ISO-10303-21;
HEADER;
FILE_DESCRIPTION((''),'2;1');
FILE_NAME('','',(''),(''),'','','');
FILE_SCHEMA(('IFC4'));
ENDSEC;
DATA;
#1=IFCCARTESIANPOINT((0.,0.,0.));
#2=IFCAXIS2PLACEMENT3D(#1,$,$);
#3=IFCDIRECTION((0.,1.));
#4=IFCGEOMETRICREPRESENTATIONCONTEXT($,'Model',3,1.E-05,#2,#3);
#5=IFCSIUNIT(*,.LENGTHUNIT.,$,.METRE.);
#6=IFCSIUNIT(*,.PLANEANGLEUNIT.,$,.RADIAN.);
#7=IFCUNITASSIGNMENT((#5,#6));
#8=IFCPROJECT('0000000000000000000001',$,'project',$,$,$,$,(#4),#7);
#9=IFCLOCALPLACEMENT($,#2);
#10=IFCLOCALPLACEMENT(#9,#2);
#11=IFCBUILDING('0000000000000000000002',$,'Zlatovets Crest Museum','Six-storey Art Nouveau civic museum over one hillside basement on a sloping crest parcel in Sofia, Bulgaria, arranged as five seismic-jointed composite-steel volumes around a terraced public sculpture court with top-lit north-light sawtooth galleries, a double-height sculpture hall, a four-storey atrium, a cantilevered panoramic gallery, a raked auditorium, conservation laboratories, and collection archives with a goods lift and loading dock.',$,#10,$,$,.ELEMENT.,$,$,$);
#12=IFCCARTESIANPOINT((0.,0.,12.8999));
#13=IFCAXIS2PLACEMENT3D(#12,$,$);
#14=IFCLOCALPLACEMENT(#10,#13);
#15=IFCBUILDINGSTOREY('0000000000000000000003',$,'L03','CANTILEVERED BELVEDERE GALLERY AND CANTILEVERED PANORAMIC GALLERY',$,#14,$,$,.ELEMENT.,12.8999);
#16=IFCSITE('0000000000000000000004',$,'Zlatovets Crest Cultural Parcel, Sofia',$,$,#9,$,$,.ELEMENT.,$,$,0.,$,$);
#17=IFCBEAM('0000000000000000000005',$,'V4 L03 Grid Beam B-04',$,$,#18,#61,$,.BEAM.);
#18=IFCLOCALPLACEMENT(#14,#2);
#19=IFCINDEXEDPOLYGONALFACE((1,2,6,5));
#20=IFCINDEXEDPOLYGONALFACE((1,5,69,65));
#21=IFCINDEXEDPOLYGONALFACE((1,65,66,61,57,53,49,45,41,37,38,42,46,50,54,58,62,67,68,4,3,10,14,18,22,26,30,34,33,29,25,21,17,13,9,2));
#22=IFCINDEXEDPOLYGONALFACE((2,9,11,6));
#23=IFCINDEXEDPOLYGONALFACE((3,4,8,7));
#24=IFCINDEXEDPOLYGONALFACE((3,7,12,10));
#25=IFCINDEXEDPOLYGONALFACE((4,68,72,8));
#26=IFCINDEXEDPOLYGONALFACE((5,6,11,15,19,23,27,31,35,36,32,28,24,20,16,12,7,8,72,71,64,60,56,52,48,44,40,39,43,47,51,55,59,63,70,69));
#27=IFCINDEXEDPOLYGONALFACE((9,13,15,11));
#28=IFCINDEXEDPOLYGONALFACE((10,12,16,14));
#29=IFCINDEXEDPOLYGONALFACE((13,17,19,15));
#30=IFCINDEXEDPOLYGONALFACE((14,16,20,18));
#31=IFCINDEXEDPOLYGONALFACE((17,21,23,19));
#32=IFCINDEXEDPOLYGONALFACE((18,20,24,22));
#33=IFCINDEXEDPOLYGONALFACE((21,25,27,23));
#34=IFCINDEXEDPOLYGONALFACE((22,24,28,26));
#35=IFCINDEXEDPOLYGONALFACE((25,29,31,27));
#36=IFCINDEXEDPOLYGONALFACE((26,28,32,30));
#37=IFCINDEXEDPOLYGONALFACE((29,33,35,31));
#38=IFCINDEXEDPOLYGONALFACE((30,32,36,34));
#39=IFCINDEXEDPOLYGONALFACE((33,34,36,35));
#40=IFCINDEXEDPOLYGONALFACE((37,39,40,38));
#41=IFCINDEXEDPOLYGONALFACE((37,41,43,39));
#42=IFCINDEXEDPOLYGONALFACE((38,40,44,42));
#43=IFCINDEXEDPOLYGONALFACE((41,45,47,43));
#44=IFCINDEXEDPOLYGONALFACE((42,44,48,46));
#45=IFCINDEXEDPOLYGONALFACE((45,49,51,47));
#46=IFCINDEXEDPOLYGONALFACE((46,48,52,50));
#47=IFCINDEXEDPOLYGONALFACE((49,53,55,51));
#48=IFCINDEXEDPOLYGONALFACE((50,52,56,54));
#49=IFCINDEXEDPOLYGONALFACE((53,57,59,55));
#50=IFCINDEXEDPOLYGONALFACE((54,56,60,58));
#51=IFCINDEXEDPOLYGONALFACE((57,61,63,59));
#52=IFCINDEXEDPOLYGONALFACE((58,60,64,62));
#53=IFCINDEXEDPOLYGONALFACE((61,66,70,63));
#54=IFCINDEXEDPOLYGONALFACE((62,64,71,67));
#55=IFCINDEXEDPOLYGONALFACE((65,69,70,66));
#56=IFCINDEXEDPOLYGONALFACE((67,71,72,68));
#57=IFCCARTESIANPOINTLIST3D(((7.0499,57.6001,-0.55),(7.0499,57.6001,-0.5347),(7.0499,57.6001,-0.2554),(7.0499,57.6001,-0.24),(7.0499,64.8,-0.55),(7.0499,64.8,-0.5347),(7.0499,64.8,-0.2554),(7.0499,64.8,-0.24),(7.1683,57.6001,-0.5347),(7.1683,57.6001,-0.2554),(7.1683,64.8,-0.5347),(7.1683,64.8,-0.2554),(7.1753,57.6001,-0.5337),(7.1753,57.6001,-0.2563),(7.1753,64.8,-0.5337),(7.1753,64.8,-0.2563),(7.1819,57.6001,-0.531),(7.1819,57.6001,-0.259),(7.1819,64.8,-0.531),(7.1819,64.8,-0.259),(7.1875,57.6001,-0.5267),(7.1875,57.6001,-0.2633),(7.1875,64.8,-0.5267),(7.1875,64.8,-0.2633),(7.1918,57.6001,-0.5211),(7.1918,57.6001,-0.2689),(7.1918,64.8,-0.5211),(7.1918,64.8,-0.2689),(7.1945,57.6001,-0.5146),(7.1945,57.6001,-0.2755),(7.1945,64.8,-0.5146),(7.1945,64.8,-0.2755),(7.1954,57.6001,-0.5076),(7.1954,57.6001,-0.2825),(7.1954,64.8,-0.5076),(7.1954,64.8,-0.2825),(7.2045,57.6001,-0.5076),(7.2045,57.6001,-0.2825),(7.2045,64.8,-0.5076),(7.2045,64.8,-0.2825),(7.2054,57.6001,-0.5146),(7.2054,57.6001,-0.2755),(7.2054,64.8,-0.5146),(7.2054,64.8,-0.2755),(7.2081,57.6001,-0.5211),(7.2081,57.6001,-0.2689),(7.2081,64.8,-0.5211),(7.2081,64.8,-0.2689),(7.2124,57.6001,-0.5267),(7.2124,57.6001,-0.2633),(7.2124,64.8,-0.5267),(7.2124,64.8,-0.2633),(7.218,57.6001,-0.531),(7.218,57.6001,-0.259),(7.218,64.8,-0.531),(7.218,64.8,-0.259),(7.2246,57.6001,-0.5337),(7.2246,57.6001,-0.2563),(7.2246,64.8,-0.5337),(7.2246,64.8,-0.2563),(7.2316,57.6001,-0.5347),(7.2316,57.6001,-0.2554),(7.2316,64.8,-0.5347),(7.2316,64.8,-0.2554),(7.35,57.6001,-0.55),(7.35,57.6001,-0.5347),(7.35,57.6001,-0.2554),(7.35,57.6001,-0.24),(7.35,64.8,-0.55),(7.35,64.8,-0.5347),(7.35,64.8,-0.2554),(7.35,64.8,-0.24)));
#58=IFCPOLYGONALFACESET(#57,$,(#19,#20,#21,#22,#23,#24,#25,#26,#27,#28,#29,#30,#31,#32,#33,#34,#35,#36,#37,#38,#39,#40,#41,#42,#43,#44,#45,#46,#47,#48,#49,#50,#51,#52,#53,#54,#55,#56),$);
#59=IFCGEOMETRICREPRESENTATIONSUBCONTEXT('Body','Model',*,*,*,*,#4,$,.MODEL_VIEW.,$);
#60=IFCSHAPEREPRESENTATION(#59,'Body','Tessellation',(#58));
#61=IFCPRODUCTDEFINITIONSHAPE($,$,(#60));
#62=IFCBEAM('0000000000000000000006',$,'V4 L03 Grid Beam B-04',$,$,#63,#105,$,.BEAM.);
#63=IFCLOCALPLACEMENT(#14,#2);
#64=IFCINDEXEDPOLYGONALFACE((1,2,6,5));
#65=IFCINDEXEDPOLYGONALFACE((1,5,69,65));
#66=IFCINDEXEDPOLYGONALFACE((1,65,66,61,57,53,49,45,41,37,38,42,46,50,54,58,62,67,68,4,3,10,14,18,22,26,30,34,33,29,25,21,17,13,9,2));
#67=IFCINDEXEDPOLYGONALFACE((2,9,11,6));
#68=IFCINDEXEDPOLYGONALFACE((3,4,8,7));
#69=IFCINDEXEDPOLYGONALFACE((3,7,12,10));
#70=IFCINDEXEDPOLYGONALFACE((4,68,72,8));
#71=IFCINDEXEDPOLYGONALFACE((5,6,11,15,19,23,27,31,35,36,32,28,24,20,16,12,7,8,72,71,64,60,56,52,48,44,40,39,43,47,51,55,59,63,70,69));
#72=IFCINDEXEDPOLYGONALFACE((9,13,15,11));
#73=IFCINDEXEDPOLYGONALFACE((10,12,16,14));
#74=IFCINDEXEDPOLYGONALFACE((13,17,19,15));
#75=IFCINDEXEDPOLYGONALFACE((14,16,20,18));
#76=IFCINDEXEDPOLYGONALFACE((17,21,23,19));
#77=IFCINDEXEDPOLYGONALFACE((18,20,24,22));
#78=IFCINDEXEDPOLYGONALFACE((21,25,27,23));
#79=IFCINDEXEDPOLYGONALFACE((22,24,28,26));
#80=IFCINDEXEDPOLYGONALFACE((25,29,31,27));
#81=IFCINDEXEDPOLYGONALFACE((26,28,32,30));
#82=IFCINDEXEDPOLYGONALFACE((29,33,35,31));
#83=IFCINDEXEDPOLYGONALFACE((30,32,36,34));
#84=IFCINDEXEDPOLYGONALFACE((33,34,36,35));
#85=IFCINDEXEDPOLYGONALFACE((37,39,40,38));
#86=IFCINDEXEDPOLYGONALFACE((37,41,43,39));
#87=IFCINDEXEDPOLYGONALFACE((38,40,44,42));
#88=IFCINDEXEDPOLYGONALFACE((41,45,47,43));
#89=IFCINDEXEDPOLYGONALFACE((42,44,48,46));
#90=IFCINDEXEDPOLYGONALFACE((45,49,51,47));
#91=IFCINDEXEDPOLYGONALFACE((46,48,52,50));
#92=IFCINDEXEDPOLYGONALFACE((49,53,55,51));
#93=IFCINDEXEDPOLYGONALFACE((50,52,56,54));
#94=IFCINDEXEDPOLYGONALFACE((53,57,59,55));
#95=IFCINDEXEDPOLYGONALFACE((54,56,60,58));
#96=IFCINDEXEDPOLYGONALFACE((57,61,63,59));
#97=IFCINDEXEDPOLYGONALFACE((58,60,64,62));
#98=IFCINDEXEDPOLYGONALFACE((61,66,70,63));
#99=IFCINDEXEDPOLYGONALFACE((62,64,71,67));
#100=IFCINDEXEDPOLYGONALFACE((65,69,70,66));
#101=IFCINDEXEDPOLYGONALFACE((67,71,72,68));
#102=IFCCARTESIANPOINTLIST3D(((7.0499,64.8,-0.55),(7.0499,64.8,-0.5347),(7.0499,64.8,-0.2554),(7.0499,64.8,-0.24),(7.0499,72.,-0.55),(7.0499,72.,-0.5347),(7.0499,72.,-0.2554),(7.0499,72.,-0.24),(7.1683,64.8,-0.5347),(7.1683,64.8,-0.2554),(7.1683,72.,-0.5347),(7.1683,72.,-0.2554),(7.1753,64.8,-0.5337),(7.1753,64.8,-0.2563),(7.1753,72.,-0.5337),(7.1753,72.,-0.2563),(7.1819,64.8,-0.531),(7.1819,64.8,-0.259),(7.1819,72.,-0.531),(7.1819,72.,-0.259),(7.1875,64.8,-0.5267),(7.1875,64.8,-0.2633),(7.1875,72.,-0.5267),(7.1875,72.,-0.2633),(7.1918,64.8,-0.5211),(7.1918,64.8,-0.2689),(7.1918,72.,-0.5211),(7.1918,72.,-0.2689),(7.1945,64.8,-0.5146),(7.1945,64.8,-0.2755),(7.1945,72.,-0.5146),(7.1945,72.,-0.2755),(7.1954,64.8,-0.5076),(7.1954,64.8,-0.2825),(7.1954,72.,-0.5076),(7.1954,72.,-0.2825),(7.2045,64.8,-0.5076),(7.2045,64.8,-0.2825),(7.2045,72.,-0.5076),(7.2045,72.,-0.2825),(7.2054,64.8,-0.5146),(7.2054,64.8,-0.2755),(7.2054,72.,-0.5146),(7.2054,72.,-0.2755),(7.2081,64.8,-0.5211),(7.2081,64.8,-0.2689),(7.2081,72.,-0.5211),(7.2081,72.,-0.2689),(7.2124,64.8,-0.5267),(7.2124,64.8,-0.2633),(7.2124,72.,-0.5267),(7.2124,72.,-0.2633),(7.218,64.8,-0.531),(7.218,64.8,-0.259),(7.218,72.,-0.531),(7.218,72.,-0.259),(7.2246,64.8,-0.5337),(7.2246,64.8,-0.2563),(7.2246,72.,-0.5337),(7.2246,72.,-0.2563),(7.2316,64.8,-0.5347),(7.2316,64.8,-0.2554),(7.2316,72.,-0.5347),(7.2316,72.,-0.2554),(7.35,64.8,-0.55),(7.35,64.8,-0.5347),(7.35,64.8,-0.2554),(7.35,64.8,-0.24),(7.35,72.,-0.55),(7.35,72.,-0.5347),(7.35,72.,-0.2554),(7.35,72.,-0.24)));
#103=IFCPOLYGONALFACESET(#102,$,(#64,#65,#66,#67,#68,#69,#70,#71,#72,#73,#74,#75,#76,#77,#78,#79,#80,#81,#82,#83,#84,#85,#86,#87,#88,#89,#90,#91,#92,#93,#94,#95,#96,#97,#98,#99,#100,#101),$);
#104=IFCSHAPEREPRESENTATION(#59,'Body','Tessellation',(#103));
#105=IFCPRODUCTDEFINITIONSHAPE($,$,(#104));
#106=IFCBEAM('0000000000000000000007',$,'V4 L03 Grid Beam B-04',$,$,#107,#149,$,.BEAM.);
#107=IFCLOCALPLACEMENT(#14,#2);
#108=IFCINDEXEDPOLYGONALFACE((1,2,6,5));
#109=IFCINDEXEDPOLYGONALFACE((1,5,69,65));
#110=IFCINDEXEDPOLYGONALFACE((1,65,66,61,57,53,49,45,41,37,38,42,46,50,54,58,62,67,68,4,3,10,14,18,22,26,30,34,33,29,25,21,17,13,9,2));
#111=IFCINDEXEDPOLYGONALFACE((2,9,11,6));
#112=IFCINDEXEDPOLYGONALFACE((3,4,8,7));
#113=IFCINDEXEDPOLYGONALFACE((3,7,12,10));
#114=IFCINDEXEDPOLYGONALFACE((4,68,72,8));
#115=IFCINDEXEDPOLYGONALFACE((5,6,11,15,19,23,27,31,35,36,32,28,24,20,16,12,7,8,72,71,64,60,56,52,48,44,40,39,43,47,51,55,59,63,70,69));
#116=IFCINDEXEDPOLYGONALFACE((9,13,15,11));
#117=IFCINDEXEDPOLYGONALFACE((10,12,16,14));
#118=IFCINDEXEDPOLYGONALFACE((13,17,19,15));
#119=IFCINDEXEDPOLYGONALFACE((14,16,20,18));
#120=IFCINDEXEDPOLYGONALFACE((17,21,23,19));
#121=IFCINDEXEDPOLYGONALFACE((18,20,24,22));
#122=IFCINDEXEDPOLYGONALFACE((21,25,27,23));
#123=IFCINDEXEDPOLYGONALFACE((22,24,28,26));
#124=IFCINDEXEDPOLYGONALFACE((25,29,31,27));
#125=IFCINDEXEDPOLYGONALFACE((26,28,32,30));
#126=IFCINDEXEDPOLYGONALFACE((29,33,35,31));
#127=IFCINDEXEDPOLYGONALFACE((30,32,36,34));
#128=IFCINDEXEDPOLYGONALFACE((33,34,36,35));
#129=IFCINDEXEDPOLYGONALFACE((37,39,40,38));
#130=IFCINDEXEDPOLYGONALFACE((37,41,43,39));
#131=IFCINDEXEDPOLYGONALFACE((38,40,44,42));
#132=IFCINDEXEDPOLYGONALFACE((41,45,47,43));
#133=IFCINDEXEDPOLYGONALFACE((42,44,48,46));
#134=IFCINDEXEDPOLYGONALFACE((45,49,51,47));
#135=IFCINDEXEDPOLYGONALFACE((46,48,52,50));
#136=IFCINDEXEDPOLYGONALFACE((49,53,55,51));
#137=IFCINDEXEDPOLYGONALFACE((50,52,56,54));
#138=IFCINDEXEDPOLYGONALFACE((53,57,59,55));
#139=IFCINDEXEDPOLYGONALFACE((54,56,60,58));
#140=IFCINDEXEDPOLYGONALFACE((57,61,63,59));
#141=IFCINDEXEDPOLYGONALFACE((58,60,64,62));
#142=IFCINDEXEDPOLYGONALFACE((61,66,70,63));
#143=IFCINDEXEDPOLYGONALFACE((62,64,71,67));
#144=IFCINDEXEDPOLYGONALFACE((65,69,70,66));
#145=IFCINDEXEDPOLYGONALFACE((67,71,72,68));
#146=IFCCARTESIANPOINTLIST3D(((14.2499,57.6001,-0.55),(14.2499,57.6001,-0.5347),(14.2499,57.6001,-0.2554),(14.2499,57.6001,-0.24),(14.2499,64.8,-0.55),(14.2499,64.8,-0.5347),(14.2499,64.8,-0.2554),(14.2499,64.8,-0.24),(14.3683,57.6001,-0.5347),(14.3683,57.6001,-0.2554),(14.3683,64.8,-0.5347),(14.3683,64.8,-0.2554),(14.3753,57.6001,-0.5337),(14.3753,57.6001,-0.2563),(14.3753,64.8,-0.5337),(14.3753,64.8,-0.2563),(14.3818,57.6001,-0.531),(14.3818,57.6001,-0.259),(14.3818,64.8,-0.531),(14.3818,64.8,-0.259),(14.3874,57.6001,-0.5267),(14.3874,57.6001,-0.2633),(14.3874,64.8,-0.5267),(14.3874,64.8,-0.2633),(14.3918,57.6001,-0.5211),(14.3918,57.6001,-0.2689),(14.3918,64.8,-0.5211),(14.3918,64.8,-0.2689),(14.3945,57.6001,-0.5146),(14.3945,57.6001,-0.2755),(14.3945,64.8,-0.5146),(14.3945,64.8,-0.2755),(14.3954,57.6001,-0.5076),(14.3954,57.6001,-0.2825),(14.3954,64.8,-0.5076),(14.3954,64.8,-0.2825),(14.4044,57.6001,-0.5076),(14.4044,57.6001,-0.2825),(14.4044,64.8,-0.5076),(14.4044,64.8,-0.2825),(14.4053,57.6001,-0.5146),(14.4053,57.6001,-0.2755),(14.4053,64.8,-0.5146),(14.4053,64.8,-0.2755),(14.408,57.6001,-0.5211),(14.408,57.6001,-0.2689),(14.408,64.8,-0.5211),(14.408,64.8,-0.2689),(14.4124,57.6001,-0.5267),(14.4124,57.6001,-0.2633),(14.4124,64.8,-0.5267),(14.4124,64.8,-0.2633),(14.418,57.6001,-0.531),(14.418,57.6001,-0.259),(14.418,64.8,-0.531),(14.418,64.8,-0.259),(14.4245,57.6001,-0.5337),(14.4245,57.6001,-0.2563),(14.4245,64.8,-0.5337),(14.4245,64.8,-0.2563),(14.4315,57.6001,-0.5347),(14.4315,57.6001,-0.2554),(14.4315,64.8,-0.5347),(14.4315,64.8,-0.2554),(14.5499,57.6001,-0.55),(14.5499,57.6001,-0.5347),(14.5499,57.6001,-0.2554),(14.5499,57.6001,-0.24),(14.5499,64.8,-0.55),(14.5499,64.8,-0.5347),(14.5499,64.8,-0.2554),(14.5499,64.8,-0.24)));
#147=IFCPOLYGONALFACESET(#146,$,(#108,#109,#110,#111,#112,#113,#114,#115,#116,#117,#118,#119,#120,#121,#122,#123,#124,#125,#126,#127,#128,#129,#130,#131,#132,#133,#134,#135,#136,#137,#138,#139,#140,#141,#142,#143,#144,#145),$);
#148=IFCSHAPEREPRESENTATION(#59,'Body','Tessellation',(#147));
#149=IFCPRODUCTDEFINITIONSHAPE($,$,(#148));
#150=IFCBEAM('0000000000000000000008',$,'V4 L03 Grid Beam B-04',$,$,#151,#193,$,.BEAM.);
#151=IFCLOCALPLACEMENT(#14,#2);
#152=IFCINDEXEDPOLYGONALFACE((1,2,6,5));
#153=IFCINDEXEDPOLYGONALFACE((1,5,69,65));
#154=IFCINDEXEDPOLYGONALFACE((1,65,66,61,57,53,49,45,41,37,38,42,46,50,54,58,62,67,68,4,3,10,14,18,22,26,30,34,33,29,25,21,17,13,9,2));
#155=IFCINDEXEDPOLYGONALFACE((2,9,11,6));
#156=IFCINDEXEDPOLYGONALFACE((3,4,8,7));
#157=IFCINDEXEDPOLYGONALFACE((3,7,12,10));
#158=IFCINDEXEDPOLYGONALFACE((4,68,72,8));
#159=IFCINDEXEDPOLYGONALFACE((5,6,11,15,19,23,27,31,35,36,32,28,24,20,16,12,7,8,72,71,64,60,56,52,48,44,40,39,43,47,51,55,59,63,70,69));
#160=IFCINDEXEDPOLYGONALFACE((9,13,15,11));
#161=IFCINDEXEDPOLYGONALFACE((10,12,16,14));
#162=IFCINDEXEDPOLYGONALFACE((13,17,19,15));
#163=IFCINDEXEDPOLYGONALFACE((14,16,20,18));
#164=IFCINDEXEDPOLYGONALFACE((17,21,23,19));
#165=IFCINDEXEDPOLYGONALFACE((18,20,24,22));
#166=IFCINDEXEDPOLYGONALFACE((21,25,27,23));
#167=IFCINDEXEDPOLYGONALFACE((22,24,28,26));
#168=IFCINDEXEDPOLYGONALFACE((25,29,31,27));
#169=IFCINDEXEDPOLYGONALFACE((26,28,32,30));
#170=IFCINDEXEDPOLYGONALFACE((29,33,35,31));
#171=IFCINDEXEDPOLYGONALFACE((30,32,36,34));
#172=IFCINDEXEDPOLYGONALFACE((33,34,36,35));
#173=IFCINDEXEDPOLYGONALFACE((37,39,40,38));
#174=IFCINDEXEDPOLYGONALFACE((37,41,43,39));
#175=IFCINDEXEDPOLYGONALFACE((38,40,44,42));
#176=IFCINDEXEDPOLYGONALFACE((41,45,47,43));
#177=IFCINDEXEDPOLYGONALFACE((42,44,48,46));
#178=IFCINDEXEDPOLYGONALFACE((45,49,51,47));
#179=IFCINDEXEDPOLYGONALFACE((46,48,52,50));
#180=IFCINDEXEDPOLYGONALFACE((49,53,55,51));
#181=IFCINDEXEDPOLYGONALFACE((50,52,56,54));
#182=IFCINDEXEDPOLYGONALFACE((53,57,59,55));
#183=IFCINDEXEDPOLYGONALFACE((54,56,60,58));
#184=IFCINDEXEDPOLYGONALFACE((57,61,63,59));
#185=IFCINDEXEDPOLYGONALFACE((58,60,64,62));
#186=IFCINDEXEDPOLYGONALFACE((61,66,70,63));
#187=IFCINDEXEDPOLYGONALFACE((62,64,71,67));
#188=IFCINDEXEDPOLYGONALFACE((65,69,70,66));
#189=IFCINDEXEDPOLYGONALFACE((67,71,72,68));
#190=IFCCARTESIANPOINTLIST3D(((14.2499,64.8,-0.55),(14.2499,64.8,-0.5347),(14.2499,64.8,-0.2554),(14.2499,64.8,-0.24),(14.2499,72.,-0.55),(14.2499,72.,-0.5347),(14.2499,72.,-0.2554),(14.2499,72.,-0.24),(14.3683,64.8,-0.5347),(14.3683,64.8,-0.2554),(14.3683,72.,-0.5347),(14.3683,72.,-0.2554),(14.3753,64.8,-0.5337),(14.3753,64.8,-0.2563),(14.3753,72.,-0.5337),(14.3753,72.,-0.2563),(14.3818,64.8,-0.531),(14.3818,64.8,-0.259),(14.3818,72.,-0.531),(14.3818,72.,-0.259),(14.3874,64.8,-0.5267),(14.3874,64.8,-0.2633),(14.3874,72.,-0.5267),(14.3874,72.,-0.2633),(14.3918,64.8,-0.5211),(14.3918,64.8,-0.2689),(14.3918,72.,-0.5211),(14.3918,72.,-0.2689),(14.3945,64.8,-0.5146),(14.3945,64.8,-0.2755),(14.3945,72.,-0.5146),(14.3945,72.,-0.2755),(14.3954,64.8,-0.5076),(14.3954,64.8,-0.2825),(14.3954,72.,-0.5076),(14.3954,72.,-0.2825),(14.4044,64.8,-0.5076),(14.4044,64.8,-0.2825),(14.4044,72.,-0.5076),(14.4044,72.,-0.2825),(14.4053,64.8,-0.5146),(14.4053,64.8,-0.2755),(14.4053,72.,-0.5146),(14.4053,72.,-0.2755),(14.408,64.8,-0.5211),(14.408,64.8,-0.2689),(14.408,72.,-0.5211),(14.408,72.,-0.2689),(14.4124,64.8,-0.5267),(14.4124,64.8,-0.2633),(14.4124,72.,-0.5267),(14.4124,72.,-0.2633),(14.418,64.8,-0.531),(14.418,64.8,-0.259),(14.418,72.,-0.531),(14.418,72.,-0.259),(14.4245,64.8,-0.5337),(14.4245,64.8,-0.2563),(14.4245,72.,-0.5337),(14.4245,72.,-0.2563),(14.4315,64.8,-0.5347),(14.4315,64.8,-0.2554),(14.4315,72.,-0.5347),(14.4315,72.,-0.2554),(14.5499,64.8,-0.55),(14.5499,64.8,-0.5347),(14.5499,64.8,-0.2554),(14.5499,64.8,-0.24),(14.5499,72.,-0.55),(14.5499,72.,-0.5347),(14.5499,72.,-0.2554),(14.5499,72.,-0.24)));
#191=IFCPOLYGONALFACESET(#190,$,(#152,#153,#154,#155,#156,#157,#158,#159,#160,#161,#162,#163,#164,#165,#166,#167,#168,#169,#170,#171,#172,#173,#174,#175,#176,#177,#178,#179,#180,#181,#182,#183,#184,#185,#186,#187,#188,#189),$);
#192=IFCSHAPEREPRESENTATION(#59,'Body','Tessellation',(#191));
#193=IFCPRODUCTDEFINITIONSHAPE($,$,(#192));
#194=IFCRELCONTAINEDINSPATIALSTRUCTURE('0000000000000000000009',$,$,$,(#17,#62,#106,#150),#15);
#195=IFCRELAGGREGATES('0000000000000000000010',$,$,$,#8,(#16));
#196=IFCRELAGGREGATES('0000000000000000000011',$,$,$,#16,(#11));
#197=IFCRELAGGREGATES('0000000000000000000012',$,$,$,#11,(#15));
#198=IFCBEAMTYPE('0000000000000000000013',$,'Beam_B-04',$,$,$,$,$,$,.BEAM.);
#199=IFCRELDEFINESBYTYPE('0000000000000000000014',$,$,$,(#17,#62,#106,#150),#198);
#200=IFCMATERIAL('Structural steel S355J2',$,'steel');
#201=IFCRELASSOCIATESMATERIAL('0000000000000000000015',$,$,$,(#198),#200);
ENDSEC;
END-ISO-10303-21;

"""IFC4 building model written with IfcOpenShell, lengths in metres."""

from ifc_helpers import new_model, si_unit, direction, frame, origin, origin_2d, place, context, subcontext, project, spatial, i_section, extrude, material, material_profile, profile_set, type_object, element, save


model = new_model("IFC4")

# Units and contexts
model_context = context("Model", 3, precision=1e-05, world=origin(), true_north=direction((0.0, 1.0)))
body_context = subcontext(model_context, "Body", "Model", "MODEL_VIEW")
ifc_project = project(units=[si_unit("LENGTHUNIT", "METRE"), si_unit("PLANEANGLEUNIT", "RADIAN")], contexts=[model_context])

# Site, building, storey
site_placement = place(None, origin())
site = spatial("IfcSite", under=ifc_project, at=site_placement, Name="Zlatovets Crest Cultural Parcel, Sofia", CompositionType="ELEMENT", RefElevation=0.0)
building_placement = place(site_placement, origin())
building = spatial("IfcBuilding", under=site, at=building_placement, Name="Zlatovets Crest Museum", Description="Six-storey Art Nouveau civic museum over one hillside basement on a sloping crest parcel in Sofia, Bulgaria, arranged as five seismic-jointed composite-steel volumes around a terraced public sculpture court with top-lit north-light sawtooth galleries, a double-height sculpture hall, a four-storey atrium, a cantilevered panoramic gallery, a raked auditorium, conservation laboratories, and collection archives with a goods lift and loading dock.", CompositionType="ELEMENT")
storey_placement = place(building_placement, frame((0.0, 0.0, 12.8999)))
storey = spatial("IfcBuildingStorey", under=building, at=storey_placement, Name="L03", Description="CANTILEVERED BELVEDERE GALLERY AND CANTILEVERED PANORAMIC GALLERY", CompositionType="ELEMENT", Elevation=12.8999)

# Shared definitions
ifc_material_1 = material(Name="Structural steel S355J2", Category="steel")

# Beams
ifc_material_profile_1 = material_profile(ifc_material_1, i_section(OverallWidth=0.3, OverallDepth=0.3101, WebThickness=0.009, FlangeThickness=0.0154, FilletRadius=0.0271, at=origin_2d()), Name="HEA 320")
ifc_profile_set_1 = profile_set([ifc_material_profile_1], Name="Structural steel S355J2")
beam_type_1 = type_object("IfcBeamType", Name="Beam_B-04", PredefinedType="BEAM", material=ifc_profile_set_1)
for number, where, z_axis, x_axis, name in (
    (1, (7.2, 57.6001, -0.395), (0.0, 1.0, 0.0), (-1.0, 0.0, 0.0), "V4 L03 Grid Beam B-04"),
    (2, (7.2, 64.8, -0.395), (0.0, 1.0, 0.0), (-1.0, 0.0, 0.0), "V4 L03 Grid Beam B-04"),
    (3, (14.3999, 57.6001, -0.395), (0.0, 1.0, 0.0), (-1.0, 0.0, 0.0), "V4 L03 Grid Beam B-04"),
    (4, (14.3999, 64.8, -0.395), (0.0, 1.0, 0.0), (-1.0, 0.0, 0.0), "V4 L03 Grid Beam B-04"),
):
    element("IfcBeam", number, at=place(storey_placement, frame(where, z_axis=z_axis, x_axis=x_axis)), inside=storey, type_object=beam_type_1, Name=name, PredefinedType="BEAM", context=body_context, shape_type="SweptSolid", body=[
        extrude(i_section(OverallWidth=0.3, OverallDepth=0.3101, WebThickness=0.009, FlangeThickness=0.0154, FilletRadius=0.0271, at=origin_2d()), origin(), (0.0, 0.0, 1.0), 7.2),
    ])

save(model, "model.ifc")
